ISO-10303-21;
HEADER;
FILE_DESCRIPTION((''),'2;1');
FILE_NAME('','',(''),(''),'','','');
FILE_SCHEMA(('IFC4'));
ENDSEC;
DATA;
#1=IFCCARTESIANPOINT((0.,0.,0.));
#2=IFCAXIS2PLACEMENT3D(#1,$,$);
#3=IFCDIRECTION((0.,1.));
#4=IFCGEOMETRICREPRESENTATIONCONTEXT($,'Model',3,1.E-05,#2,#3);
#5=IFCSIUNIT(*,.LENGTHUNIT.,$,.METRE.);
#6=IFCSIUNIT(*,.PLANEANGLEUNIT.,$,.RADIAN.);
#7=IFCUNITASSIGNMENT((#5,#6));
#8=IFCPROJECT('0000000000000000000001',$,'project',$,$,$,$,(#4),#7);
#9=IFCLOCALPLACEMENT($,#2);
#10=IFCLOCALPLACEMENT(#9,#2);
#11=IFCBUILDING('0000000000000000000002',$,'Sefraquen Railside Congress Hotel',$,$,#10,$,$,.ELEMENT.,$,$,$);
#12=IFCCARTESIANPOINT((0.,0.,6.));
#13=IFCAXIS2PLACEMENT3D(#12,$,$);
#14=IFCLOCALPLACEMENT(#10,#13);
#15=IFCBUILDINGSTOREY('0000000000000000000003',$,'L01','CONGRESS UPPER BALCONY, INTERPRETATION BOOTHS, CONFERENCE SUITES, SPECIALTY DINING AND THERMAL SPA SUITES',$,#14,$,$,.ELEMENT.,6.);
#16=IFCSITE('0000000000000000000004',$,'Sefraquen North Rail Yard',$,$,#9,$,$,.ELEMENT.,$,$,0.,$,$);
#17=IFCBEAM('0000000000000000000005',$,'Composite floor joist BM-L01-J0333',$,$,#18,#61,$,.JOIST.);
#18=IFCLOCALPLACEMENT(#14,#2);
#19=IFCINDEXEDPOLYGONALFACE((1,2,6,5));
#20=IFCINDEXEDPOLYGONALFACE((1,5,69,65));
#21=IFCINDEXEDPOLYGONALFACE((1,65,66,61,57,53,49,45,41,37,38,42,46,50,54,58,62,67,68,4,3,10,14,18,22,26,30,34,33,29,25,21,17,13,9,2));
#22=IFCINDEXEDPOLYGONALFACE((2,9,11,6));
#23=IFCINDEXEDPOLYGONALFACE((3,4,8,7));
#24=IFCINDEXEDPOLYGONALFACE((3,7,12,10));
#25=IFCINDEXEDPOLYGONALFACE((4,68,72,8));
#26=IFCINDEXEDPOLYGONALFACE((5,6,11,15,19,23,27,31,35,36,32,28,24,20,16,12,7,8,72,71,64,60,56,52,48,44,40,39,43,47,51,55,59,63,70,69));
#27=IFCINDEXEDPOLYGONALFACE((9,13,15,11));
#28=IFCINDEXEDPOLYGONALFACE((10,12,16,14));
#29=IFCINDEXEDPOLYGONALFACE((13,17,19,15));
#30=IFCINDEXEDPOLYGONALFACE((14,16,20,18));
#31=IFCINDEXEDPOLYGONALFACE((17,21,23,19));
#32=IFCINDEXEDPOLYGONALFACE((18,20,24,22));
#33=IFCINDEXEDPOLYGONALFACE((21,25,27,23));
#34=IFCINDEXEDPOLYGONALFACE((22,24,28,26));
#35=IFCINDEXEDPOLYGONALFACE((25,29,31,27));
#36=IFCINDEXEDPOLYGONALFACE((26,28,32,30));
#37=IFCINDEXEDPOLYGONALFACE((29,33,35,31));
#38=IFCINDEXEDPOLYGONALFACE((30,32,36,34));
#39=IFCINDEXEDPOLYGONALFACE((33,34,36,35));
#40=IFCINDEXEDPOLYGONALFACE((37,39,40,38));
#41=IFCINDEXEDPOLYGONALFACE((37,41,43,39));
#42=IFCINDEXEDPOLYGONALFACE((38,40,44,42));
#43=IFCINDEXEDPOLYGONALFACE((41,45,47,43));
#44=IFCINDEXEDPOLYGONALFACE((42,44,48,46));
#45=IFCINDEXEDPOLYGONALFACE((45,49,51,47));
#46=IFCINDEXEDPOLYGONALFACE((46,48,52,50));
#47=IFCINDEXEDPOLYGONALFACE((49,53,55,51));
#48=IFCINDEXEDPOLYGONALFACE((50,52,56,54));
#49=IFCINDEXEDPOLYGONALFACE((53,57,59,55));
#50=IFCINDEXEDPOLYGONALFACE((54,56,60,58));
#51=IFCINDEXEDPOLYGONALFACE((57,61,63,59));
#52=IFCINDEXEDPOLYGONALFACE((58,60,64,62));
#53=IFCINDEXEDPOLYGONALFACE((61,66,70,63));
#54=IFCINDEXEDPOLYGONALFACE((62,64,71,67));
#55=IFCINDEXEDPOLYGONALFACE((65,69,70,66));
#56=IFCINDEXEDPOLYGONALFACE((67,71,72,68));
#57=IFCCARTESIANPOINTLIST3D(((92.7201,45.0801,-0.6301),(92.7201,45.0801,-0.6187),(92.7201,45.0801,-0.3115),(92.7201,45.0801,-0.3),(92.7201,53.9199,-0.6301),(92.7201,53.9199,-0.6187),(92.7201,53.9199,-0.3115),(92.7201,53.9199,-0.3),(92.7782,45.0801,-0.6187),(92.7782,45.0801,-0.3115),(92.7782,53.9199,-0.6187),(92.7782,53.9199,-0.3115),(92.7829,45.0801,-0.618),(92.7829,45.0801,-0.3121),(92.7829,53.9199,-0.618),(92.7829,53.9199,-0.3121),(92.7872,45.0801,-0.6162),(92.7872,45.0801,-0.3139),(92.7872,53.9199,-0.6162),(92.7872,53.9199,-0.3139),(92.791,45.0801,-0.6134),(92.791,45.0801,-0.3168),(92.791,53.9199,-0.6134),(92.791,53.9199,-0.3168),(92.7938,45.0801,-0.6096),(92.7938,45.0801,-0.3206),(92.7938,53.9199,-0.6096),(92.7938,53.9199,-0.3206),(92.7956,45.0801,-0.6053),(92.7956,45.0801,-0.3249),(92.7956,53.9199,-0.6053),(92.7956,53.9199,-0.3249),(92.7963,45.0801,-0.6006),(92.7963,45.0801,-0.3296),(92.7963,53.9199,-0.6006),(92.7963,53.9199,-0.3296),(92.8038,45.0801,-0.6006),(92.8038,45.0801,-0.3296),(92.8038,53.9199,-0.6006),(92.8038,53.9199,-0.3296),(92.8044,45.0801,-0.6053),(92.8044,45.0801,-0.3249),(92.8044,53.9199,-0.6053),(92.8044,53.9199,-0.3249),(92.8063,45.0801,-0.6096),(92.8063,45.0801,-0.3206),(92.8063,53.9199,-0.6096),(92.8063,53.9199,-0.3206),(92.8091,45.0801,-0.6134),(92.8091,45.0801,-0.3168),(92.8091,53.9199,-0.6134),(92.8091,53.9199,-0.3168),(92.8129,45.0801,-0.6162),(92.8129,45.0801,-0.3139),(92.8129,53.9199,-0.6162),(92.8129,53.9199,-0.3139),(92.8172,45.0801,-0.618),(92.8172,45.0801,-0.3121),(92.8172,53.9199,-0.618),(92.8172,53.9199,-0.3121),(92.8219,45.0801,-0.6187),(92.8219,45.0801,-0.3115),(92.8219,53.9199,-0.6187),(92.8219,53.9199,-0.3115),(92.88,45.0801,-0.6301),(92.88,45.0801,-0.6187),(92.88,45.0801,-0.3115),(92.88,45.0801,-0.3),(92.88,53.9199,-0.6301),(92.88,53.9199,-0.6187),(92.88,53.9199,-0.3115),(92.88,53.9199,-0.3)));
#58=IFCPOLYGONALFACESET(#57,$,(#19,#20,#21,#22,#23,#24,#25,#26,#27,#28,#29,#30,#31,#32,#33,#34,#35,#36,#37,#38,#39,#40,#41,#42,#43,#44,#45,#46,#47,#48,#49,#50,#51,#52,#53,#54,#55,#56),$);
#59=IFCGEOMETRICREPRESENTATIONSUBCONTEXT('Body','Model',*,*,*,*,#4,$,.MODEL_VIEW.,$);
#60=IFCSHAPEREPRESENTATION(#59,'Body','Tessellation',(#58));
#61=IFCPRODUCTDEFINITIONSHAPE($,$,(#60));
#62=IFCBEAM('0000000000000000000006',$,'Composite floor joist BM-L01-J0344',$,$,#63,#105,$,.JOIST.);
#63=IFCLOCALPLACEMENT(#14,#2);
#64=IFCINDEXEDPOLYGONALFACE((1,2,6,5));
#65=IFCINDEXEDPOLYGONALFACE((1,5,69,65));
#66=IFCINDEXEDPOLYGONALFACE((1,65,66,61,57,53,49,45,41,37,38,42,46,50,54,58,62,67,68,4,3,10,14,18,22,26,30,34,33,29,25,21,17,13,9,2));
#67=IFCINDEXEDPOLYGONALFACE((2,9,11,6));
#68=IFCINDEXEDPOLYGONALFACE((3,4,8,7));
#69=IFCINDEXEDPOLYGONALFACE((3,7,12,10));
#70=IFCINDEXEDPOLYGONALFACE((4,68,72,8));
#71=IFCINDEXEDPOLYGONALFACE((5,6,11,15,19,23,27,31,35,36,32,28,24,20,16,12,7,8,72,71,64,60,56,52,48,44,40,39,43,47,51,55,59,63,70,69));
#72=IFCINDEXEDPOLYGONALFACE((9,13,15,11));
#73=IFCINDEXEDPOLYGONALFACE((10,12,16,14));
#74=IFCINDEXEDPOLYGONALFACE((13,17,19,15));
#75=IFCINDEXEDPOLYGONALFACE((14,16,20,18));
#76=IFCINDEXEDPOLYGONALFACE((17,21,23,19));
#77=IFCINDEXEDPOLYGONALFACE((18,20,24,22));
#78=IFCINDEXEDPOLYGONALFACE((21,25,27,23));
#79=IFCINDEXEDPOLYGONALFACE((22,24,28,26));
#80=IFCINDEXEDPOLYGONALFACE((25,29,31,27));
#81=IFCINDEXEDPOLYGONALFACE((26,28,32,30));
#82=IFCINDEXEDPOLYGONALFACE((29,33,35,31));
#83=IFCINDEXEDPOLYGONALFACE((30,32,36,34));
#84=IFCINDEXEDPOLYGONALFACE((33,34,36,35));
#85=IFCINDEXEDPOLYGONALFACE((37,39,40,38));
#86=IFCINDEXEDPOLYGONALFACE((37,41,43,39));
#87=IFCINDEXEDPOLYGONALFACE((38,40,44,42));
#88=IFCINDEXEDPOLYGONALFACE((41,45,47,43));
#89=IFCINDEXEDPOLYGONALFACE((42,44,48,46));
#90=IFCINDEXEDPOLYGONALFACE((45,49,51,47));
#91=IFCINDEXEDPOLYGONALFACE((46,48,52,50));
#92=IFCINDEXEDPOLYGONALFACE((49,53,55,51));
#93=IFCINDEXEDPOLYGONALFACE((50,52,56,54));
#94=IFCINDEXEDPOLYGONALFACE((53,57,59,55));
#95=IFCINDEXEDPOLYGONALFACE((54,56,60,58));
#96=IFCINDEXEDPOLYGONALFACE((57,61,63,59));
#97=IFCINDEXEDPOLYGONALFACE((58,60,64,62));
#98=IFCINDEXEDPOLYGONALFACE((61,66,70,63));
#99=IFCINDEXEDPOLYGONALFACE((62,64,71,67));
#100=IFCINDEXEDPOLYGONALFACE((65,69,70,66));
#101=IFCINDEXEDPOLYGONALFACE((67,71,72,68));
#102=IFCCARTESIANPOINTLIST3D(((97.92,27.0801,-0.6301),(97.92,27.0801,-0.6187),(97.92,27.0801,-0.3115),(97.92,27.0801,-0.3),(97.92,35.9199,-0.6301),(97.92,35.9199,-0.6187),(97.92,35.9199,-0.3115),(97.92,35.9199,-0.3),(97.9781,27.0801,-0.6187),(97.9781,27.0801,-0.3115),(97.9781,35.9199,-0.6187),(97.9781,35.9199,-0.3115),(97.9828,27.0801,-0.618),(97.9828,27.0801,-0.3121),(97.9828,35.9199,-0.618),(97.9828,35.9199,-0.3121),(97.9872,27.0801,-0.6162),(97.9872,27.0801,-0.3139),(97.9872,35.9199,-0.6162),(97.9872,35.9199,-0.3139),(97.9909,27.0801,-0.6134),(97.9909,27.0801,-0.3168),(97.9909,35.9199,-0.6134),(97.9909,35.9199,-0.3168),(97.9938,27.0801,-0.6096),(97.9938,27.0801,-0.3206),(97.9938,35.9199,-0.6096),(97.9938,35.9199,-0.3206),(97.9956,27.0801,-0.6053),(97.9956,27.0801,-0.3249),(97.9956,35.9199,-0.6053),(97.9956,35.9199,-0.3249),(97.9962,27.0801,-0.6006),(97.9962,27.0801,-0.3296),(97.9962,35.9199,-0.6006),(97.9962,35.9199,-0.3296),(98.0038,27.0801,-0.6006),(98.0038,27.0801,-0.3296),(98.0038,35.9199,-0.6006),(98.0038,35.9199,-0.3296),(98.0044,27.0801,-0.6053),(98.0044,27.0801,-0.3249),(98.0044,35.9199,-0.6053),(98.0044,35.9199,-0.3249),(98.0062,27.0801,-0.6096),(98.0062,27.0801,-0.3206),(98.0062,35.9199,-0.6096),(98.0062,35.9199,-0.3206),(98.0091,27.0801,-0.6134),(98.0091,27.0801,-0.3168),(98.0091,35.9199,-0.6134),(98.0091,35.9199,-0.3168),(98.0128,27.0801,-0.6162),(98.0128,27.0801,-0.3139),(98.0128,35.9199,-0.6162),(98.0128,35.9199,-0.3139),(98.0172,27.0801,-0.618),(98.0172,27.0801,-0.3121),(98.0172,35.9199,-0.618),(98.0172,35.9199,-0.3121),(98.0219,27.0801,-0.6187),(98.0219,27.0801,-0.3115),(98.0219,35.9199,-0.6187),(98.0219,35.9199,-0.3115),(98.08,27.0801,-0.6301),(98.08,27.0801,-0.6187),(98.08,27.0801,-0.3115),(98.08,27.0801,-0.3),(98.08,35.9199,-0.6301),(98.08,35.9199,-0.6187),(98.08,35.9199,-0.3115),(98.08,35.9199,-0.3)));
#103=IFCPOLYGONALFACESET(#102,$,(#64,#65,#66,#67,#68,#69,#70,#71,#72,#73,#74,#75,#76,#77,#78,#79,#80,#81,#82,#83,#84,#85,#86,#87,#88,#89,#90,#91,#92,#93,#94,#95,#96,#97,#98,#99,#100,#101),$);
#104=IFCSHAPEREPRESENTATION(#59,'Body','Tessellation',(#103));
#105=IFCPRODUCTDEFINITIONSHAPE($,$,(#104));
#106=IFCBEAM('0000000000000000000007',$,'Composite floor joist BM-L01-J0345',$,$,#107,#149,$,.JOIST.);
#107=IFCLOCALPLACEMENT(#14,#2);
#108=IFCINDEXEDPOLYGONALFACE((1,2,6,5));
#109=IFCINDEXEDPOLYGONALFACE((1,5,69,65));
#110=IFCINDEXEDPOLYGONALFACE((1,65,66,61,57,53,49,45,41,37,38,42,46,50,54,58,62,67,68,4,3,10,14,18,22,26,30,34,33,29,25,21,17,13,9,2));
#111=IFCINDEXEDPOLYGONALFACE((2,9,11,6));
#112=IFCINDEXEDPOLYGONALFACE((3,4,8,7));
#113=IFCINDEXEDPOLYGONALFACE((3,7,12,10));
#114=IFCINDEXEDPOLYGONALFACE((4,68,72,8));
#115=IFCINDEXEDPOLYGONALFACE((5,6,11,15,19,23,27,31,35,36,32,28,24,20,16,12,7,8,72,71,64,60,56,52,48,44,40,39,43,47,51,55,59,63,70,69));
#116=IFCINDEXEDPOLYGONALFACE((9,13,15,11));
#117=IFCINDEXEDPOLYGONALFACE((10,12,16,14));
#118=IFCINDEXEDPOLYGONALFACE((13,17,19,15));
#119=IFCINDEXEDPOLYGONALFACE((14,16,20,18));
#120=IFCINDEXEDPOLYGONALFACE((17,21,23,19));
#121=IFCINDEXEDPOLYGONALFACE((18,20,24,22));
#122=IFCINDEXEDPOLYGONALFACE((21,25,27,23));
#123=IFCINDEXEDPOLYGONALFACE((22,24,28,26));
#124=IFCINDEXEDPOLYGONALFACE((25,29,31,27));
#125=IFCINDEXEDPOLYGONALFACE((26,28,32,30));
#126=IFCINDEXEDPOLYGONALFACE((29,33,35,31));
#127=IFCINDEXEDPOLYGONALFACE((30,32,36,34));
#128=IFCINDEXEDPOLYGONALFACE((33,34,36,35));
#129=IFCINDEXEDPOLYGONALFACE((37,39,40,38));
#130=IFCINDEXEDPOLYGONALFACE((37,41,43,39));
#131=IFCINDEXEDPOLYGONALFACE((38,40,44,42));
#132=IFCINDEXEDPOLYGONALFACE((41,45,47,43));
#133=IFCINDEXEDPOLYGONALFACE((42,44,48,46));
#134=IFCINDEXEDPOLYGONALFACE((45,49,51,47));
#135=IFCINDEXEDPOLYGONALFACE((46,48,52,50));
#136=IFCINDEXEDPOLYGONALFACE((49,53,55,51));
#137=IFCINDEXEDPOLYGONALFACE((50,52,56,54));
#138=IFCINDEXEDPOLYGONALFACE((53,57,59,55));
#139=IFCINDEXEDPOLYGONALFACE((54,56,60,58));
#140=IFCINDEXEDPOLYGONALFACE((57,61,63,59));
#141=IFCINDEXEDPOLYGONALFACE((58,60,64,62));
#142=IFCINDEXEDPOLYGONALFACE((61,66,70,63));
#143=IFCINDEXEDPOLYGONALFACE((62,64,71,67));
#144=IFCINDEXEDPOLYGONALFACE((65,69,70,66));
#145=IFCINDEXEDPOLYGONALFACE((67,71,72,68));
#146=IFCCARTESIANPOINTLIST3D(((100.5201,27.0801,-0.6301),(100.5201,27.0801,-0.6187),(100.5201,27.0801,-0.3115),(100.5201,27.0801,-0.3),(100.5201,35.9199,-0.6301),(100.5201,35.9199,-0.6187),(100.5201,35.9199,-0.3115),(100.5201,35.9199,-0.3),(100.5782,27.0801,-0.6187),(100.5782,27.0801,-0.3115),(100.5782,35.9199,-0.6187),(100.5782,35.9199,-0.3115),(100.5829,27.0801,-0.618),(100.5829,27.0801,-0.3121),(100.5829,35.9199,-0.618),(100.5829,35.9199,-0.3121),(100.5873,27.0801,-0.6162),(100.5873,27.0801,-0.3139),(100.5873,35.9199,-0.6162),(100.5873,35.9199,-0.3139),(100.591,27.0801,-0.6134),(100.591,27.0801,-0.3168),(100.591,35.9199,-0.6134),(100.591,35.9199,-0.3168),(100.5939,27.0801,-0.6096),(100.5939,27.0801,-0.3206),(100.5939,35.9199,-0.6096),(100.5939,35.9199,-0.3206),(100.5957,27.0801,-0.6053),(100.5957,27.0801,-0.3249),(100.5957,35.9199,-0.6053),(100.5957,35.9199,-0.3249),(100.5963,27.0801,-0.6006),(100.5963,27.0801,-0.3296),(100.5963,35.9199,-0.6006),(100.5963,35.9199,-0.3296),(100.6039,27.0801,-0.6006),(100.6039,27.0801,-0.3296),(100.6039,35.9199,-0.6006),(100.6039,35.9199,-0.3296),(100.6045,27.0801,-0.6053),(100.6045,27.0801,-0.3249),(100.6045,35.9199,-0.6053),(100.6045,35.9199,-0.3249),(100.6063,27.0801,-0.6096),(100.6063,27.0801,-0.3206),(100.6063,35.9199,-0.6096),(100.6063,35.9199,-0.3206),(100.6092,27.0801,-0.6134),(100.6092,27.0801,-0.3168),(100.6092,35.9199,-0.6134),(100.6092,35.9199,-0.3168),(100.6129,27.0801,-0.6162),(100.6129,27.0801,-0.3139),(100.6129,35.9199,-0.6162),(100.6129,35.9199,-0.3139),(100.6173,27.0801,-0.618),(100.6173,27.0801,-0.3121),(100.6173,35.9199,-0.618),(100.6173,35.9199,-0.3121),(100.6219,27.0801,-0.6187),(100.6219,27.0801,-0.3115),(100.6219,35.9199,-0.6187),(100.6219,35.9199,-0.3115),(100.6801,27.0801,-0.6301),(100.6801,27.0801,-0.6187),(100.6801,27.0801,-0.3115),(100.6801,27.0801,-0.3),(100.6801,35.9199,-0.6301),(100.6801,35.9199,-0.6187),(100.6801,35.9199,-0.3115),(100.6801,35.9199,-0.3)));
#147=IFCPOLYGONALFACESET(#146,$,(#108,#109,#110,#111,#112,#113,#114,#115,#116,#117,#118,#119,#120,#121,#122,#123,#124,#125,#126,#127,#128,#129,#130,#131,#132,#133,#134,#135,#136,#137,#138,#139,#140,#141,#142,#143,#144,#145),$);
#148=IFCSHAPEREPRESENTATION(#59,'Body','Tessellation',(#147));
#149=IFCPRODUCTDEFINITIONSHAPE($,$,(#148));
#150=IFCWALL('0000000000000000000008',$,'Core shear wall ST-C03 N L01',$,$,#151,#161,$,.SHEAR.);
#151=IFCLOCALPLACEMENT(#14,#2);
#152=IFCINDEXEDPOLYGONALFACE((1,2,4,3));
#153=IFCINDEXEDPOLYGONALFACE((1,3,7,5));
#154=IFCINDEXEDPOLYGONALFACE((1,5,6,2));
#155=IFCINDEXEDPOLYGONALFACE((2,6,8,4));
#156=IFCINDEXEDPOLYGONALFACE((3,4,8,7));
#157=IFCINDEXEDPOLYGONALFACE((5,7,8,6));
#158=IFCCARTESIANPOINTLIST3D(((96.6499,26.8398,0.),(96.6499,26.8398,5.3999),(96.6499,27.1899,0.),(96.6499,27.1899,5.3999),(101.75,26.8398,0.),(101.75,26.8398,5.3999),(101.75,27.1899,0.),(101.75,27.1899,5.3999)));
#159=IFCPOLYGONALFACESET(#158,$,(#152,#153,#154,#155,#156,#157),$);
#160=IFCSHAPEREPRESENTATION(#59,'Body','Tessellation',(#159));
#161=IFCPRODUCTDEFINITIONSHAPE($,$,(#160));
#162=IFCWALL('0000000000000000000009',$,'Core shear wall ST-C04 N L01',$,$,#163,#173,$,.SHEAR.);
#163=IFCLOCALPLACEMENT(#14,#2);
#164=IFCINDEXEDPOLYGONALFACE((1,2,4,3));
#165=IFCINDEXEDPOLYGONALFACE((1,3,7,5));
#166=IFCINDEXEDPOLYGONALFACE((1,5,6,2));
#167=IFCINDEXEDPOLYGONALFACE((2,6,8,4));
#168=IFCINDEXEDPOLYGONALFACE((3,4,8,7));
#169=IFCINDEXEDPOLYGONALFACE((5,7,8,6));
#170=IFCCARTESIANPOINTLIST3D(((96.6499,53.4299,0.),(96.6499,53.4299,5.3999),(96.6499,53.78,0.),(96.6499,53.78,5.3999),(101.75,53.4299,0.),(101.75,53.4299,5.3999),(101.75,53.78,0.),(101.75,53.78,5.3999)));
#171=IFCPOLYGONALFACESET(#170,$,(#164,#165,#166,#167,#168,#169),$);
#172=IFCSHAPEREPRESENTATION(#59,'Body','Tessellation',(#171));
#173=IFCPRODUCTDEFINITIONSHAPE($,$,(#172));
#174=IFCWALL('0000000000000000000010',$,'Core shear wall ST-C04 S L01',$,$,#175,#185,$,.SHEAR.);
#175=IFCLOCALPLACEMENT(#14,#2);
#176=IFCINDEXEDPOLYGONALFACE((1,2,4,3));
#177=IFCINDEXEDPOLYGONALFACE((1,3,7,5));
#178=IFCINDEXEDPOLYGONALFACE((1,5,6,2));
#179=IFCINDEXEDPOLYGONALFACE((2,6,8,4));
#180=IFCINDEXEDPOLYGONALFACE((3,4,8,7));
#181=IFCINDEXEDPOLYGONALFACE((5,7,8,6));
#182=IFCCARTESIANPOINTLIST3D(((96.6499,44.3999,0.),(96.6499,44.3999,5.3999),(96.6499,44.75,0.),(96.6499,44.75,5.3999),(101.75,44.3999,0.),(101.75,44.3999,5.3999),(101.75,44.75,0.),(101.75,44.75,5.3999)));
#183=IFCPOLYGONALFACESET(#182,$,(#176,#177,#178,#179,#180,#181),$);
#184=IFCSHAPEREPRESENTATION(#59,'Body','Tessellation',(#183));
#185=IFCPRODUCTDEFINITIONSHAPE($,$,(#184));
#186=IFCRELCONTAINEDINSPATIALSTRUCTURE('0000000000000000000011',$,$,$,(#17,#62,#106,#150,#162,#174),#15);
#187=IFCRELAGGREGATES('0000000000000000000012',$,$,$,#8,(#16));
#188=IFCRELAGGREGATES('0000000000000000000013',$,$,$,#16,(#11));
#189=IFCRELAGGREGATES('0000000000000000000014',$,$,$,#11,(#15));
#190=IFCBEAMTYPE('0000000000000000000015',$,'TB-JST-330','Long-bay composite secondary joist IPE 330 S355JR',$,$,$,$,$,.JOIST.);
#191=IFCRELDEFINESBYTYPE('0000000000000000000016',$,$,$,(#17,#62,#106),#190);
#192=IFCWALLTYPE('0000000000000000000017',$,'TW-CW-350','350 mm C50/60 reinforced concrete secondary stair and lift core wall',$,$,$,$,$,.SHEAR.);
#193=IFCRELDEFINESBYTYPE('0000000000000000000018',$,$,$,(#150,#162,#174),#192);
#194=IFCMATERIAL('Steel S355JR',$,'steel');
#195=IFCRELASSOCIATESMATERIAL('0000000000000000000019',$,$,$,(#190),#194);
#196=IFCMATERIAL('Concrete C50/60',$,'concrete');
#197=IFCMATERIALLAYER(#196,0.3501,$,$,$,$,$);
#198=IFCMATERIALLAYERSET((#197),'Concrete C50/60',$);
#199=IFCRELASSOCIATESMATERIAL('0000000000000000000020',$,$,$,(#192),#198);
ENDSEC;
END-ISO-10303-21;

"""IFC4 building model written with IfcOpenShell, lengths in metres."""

from ifc_helpers import new_model, si_unit, direction, frame, frame_2d, origin, origin_2d, place, context, subcontext, project, spatial, rectangle, i_section, extrude, material, layer, layer_set, material_profile, profile_set, type_object, element, save


model = new_model("IFC4")

# Units and contexts
model_context = context("Model", 3, precision=1e-05, world=origin(), true_north=direction((0.0, 1.0)))
body_context = subcontext(model_context, "Body", "Model", "MODEL_VIEW")
ifc_project = project(units=[si_unit("LENGTHUNIT", "METRE"), si_unit("PLANEANGLEUNIT", "RADIAN")], contexts=[model_context])

# Site, building, storey
site_placement = place(None, origin())
site = spatial("IfcSite", under=ifc_project, at=site_placement, Name="Sefraquen North Rail Yard", CompositionType="ELEMENT", RefElevation=0.0)
building_placement = place(site_placement, origin())
building = spatial("IfcBuilding", under=site, at=building_placement, Name="Sefraquen Railside Congress Hotel", CompositionType="ELEMENT")
storey_placement = place(building_placement, frame((0.0, 0.0, 6.0)))
storey = spatial("IfcBuildingStorey", under=building, at=storey_placement, Name="L01", Description="CONGRESS UPPER BALCONY, INTERPRETATION BOOTHS, CONFERENCE SUITES, SPECIALTY DINING AND THERMAL SPA SUITES", CompositionType="ELEMENT", Elevation=6.0)

# Shared definitions
ifc_material_1 = material(Name="Steel S355JR", Category="steel")

# Beams
ifc_material_profile_1 = material_profile(ifc_material_1, i_section(OverallWidth=0.1599, OverallDepth=0.3301, WebThickness=0.0076, FlangeThickness=0.0115, FilletRadius=0.0181, at=origin_2d()), Name="IPE 330")
ifc_profile_set_1 = profile_set([ifc_material_profile_1], Name="Steel S355JR")
beam_type_1 = type_object("IfcBeamType", Name="TB-JST-330", Description="Long-bay composite secondary joist IPE 330 S355JR", PredefinedType="JOIST", material=ifc_profile_set_1)
for number, where, z_axis, x_axis, name in (
    (1, (92.8, 45.0801, -0.4651), (0.0, 1.0, 0.0), (-1.0, 0.0, 0.0), "Composite floor joist BM-L01-J0333"),
    (2, (98.0, 27.0801, -0.4651), (0.0, 1.0, 0.0), (-1.0, 0.0, 0.0), "Composite floor joist BM-L01-J0344"),
    (3, (100.6001, 27.0801, -0.4651), (0.0, 1.0, 0.0), (-1.0, 0.0, 0.0), "Composite floor joist BM-L01-J0345"),
):
    element("IfcBeam", number, at=place(storey_placement, frame(where, z_axis=z_axis, x_axis=x_axis)), inside=storey, type_object=beam_type_1, Name=name, PredefinedType="JOIST", context=body_context, shape_type="SweptSolid", body=[
        extrude(i_section(OverallWidth=0.1599, OverallDepth=0.3301, WebThickness=0.0076, FlangeThickness=0.0115, FilletRadius=0.0181, at=origin_2d()), origin(), (0.0, 0.0, 1.0), 8.8398),
    ])

# Walls
ifc_material_2 = material(Name="Concrete C50/60", Category="concrete")
ifc_layer_1 = layer(ifc_material_2, 0.3501)
ifc_layer_set_1 = layer_set([ifc_layer_1], Name="Concrete C50/60")
wall_type_1 = type_object("IfcWallType", Name="TW-CW-350", Description="350 mm C50/60 reinforced concrete secondary stair and lift core wall", PredefinedType="SHEAR", material=ifc_layer_set_1)
for number, where, z_axis, x_axis, name in (
    (4, (96.6499, 27.0149, 0.0), (0.0, 0.0, 1.0), (1.0, 0.0, 0.0), "Core shear wall ST-C03 N L01"),
    (5, (96.6499, 53.605, 0.0), (0.0, 0.0, 1.0), (1.0, 0.0, 0.0), "Core shear wall ST-C04 N L01"),
    (6, (96.6499, 44.575, 0.0), (0.0, 0.0, 1.0), (1.0, 0.0, 0.0), "Core shear wall ST-C04 S L01"),
):
    element("IfcWall", number, at=place(storey_placement, frame(where, z_axis=z_axis, x_axis=x_axis)), inside=storey, type_object=wall_type_1, Name=name, PredefinedType="SHEAR", context=body_context, shape_type="SweptSolid", body=[
        extrude(rectangle(XDim=5.1001, YDim=0.3501, at=frame_2d((2.55, 0.0))), origin(), (0.0, 0.0, 1.0), 5.3999),
    ])

save(model, "model.ifc")
